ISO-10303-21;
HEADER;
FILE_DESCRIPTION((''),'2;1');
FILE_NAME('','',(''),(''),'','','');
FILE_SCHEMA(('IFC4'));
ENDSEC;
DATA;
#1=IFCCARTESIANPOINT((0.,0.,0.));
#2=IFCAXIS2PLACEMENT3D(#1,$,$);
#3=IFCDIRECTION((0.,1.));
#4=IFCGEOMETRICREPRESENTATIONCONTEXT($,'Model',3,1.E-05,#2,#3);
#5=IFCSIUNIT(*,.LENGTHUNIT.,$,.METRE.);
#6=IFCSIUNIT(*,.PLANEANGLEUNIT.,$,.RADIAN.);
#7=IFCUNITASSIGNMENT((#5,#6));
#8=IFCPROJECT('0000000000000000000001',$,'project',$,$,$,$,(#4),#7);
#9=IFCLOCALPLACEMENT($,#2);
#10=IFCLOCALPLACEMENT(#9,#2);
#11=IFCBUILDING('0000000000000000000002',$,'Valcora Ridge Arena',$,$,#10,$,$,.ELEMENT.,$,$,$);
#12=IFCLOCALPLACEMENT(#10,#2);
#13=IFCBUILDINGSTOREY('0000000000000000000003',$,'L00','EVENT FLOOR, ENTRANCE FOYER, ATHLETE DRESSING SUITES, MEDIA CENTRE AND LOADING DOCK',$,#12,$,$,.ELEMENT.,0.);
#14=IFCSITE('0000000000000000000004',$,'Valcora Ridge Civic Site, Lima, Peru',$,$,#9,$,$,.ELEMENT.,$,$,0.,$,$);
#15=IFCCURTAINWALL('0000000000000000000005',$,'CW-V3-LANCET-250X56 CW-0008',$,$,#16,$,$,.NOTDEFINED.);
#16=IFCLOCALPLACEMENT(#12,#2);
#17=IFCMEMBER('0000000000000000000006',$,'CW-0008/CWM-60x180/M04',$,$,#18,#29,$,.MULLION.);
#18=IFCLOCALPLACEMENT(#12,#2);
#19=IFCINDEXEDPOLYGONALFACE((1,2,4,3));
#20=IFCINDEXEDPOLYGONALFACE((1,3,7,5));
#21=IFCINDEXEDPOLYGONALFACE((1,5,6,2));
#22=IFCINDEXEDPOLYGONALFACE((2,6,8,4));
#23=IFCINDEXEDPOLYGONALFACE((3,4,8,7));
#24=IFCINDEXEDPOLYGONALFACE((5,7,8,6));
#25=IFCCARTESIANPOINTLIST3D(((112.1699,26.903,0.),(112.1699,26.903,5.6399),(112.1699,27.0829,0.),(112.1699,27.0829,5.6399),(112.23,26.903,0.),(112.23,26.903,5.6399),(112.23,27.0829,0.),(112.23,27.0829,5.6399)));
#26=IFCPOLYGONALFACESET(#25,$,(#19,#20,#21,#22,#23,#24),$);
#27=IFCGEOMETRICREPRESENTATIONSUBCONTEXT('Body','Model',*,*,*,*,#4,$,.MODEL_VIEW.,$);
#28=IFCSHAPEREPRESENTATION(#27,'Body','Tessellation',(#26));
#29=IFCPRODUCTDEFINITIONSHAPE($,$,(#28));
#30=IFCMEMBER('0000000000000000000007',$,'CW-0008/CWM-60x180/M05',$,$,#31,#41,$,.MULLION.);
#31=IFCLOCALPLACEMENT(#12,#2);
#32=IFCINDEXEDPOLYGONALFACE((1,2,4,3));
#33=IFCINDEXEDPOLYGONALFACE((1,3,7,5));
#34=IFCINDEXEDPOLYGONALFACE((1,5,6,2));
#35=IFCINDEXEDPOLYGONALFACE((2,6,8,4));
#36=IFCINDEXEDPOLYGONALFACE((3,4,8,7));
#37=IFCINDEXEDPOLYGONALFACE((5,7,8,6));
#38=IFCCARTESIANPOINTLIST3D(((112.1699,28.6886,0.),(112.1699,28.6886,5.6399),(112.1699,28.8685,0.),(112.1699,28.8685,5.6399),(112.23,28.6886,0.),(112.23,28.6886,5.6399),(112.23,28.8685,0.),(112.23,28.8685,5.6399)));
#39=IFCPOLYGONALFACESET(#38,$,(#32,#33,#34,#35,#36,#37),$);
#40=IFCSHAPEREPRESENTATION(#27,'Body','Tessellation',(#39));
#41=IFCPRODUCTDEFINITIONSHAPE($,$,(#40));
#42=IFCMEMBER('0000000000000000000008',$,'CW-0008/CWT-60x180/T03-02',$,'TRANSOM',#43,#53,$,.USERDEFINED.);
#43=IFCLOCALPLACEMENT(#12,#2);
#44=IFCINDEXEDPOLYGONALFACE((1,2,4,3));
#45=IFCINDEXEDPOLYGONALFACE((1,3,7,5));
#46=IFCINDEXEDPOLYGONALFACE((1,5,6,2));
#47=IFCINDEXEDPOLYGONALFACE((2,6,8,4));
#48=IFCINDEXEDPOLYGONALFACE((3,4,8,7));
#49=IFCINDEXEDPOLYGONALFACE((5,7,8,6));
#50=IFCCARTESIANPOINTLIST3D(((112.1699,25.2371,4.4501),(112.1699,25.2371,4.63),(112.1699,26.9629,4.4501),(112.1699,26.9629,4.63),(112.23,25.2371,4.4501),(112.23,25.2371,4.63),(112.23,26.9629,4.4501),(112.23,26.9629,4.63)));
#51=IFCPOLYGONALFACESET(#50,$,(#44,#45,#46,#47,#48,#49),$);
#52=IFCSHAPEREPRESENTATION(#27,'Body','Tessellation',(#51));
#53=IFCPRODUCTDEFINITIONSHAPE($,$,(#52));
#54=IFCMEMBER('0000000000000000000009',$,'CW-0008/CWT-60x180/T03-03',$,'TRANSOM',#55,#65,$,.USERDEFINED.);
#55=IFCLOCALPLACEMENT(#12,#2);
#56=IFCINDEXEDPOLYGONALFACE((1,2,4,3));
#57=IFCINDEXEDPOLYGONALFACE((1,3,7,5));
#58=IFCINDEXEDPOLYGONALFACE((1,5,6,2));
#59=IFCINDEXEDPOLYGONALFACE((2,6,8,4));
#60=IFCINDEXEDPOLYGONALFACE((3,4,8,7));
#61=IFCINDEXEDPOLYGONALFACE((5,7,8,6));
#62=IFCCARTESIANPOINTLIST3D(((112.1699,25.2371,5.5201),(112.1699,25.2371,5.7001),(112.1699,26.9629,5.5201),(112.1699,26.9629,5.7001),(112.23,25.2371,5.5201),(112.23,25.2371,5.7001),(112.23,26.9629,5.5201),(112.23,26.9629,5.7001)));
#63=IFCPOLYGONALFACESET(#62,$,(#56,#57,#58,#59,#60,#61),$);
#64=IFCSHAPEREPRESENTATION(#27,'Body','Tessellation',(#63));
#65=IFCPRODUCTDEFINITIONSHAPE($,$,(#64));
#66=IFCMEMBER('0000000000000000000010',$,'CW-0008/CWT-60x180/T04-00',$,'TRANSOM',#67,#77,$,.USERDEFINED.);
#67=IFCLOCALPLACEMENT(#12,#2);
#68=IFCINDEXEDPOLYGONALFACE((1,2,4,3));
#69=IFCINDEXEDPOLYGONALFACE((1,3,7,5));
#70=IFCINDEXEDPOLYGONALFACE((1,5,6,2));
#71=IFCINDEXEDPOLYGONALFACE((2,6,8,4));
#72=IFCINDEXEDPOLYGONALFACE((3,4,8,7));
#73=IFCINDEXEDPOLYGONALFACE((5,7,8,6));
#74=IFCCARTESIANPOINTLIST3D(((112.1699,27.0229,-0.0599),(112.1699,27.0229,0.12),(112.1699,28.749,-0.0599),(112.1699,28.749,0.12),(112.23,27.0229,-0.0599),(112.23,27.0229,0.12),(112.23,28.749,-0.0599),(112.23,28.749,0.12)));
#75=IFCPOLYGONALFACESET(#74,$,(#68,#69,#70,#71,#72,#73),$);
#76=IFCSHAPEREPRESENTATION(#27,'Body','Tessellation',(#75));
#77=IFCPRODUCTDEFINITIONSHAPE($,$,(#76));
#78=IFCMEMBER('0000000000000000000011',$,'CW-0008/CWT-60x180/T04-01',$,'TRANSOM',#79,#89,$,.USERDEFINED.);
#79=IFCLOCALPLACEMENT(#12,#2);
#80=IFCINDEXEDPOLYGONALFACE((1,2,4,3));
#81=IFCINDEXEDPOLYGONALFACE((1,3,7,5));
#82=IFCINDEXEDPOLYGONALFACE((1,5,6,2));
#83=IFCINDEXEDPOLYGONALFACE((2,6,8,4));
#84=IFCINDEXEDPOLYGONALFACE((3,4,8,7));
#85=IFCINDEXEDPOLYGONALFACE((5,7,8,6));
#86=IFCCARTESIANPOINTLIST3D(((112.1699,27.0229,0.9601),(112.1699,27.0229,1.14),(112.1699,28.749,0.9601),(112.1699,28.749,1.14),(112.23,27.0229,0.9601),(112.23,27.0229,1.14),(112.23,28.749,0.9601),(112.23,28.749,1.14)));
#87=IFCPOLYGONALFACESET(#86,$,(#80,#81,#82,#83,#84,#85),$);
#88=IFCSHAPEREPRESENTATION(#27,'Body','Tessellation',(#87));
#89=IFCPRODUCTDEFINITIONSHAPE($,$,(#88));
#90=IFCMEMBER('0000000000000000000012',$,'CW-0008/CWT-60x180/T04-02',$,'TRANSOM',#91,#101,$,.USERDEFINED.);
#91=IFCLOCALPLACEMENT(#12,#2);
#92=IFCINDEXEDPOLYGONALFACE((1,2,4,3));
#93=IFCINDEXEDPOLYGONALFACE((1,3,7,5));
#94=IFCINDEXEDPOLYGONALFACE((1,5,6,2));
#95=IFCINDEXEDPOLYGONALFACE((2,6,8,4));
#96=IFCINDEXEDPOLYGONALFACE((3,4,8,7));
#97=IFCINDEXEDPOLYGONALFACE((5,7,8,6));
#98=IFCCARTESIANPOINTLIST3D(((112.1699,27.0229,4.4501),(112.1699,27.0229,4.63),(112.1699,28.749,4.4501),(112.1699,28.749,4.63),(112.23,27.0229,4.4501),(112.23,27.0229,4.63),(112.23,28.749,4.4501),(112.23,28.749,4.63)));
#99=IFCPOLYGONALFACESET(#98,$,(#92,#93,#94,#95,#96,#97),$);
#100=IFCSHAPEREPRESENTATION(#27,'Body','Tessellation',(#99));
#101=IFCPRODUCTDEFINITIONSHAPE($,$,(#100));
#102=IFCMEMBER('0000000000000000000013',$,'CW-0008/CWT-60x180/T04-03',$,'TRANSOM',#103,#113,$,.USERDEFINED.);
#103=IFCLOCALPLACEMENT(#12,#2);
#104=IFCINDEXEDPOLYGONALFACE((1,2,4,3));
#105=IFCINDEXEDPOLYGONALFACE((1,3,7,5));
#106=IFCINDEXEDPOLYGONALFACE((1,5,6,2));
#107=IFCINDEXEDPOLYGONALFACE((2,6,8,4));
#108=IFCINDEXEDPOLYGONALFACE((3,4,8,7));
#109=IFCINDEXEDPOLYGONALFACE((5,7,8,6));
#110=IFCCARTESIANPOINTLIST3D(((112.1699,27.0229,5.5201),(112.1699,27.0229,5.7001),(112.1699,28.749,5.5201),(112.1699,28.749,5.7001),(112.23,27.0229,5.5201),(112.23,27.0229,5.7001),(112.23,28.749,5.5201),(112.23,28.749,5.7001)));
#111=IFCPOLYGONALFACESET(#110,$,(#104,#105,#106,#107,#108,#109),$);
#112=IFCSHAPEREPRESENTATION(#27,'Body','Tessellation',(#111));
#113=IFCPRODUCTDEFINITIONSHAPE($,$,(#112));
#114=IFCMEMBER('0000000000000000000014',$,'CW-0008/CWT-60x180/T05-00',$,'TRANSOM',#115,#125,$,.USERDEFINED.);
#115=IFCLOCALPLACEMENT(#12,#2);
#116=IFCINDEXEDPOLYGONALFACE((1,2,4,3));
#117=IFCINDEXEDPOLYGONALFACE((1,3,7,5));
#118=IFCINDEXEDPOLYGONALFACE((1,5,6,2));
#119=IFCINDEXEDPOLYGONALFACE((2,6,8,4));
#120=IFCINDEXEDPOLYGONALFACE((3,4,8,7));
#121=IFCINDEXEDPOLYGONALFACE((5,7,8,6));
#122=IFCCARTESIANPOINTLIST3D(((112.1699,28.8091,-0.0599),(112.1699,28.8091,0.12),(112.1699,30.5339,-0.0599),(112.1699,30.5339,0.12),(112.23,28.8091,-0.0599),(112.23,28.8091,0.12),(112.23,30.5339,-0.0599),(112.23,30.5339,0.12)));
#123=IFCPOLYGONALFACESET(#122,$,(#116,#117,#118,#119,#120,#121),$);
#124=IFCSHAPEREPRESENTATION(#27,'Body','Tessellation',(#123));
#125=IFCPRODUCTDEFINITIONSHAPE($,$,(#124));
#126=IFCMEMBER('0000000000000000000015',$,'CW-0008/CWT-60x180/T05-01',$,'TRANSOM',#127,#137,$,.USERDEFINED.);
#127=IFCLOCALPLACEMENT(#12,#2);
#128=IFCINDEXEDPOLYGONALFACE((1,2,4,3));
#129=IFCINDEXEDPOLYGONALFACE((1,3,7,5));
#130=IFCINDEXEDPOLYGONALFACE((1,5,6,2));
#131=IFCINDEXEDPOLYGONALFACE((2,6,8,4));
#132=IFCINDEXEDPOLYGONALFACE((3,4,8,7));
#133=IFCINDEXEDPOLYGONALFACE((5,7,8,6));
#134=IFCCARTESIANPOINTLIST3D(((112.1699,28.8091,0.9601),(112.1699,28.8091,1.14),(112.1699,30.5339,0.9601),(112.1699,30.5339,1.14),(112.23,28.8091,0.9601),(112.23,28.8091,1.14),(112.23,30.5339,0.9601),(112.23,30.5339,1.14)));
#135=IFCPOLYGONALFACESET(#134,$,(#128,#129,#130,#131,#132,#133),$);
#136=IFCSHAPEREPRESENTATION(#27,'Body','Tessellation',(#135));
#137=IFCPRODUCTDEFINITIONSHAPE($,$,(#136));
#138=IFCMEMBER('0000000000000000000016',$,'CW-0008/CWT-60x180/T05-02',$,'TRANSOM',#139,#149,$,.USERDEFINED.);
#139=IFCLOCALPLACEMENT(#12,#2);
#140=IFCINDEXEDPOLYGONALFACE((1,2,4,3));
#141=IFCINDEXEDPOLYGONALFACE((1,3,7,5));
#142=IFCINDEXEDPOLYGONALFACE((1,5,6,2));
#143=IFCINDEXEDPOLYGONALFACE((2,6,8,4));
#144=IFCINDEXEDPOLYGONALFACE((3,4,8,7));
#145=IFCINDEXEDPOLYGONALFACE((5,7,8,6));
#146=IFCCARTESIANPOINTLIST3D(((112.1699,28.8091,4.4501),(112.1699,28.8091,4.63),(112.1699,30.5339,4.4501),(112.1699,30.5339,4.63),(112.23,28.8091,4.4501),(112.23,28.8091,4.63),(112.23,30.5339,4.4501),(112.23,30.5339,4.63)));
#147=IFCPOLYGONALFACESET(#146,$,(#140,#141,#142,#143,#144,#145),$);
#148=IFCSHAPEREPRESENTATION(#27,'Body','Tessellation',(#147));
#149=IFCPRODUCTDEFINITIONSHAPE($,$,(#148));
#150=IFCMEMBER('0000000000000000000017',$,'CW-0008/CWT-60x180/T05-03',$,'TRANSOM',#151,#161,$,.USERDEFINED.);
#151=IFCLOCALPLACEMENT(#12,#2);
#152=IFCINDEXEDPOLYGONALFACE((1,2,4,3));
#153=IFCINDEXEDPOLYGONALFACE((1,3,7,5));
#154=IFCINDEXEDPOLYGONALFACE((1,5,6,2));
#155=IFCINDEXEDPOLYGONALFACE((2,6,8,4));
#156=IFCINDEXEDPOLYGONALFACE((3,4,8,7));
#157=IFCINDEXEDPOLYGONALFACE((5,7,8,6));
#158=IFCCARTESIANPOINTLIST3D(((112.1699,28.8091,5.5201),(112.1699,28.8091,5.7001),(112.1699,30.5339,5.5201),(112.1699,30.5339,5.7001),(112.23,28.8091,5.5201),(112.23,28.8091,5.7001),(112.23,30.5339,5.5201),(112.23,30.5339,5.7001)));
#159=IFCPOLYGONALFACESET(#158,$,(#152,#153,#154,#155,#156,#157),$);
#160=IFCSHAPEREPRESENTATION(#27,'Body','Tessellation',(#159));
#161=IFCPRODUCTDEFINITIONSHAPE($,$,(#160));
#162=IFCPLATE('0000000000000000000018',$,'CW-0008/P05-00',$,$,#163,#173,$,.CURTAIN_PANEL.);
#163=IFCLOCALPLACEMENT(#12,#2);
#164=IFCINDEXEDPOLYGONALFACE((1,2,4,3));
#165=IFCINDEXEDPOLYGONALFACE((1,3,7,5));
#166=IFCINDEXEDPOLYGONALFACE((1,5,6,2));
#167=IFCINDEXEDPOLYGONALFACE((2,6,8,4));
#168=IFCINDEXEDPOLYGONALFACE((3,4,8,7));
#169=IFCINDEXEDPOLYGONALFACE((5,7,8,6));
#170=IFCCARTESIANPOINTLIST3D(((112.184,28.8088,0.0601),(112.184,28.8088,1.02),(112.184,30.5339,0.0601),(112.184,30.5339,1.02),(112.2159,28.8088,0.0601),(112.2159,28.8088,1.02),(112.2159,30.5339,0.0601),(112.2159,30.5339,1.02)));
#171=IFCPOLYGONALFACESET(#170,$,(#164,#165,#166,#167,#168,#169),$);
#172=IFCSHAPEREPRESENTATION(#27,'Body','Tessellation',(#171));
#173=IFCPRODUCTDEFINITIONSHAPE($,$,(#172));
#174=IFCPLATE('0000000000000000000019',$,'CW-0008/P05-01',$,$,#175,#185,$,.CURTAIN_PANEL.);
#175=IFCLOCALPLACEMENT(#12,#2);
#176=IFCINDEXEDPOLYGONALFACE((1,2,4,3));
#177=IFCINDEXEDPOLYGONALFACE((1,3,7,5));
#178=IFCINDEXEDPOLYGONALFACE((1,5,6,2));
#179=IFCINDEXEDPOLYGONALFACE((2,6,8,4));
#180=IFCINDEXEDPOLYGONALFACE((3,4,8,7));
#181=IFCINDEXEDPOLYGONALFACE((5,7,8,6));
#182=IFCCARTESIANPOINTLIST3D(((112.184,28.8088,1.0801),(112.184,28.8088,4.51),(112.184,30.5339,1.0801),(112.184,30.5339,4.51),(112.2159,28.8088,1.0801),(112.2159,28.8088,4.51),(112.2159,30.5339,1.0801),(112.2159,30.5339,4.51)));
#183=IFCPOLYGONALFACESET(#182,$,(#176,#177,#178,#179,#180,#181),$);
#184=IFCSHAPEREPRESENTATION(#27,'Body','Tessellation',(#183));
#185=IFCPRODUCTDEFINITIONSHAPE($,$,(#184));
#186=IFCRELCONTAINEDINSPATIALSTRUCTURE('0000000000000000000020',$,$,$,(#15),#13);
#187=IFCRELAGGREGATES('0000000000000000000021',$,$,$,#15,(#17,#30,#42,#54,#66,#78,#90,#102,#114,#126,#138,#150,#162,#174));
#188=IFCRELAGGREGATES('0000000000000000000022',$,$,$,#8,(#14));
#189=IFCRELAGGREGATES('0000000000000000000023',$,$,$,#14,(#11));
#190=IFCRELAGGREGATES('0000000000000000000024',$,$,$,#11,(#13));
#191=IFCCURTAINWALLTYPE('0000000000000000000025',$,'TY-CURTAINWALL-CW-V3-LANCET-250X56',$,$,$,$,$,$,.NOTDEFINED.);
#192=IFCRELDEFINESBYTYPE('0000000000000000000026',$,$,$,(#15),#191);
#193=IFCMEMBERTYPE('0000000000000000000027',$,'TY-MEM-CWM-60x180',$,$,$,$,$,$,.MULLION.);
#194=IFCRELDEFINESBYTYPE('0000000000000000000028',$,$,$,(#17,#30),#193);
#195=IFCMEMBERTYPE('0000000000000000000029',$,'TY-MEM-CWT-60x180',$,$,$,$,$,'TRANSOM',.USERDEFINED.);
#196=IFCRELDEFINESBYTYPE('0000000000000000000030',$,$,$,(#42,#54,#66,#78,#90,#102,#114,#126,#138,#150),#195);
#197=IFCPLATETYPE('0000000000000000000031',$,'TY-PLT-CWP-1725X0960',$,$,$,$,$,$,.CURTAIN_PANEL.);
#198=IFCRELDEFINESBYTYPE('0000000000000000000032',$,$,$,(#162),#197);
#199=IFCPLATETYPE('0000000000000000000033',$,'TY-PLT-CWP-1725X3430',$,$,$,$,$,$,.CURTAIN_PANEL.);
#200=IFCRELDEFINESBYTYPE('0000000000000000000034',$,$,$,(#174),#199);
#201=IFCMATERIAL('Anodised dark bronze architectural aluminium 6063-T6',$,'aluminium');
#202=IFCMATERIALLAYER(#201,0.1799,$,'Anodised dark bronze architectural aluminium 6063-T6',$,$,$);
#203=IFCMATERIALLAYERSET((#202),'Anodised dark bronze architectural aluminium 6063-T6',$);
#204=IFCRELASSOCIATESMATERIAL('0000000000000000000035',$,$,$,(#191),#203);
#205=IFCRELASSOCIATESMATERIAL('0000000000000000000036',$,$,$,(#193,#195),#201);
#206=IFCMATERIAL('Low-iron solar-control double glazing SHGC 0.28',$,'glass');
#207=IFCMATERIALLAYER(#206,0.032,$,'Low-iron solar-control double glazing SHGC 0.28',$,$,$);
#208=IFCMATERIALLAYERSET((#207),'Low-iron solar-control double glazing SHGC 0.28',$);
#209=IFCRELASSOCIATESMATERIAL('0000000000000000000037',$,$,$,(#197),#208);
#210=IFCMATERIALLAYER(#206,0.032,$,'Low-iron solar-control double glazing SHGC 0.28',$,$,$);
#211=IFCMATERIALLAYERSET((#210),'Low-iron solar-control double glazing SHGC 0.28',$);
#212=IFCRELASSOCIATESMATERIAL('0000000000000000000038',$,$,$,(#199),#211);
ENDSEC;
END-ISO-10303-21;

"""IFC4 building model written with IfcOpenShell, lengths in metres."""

from ifc_helpers import new_model, si_unit, direction, frame, origin, origin_2d, place, context, subcontext, project, spatial, rectangle, extrude, material, layer, layer_set, material_profile, profile_set, type_object, element, aggregate, save


model = new_model("IFC4")

# Units and contexts
model_context = context("Model", 3, precision=1e-05, world=origin(), true_north=direction((0.0, 1.0)))
body_context = subcontext(model_context, "Body", "Model", "MODEL_VIEW")
ifc_project = project(units=[si_unit("LENGTHUNIT", "METRE"), si_unit("PLANEANGLEUNIT", "RADIAN")], contexts=[model_context])

# Site, building, storey
site_placement = place(None, origin())
site = spatial("IfcSite", under=ifc_project, at=site_placement, Name="Valcora Ridge Civic Site, Lima, Peru", CompositionType="ELEMENT", RefElevation=0.0)
building_placement = place(site_placement, origin())
building = spatial("IfcBuilding", under=site, at=building_placement, Name="Valcora Ridge Arena", CompositionType="ELEMENT")
storey_placement = place(building_placement, origin())
storey = spatial("IfcBuildingStorey", under=building, at=storey_placement, Name="L00", Description="EVENT FLOOR, ENTRANCE FOYER, ATHLETE DRESSING SUITES, MEDIA CENTRE AND LOADING DOCK", CompositionType="ELEMENT", Elevation=0.0)

# Curtain wall, members, plates
ifc_material_1 = material(Name="Anodised dark bronze architectural aluminium 6063-T6", Category="aluminium")
ifc_layer_1 = layer(ifc_material_1, 0.1799, Name="Anodised dark bronze architectural aluminium 6063-T6")
ifc_layer_set_1 = layer_set([ifc_layer_1], Name="Anodised dark bronze architectural aluminium 6063-T6")
curtain_wall_type = type_object("IfcCurtainWallType", Name="TY-CURTAINWALL-CW-V3-LANCET-250X56", PredefinedType="NOTDEFINED", material=ifc_layer_set_1)
curtain_wall_placement = place(storey_placement, origin())
curtain_wall = element("IfcCurtainWall", 1, at=curtain_wall_placement, inside=storey, type_object=curtain_wall_type, Name="CW-V3-LANCET-250X56 CW-0008", PredefinedType="NOTDEFINED")
ifc_material_profile_1 = material_profile(ifc_material_1, rectangle(XDim=0.0601, YDim=0.1799, at=origin_2d()), Name="ALU MULLION 60x180")
ifc_profile_set_1 = profile_set([ifc_material_profile_1], Name="Anodised dark bronze architectural aluminium 6063-T6")
member_type_1 = type_object("IfcMemberType", Name="TY-MEM-CWM-60x180", PredefinedType="MULLION", material=ifc_profile_set_1)
member_1_placement = place(storey_placement, frame((112.2, 26.9929, 0.0), z_axis=(0.0, 0.0, 1.0), x_axis=(-1.0, 0.0, 0.0)))
member_1 = element("IfcMember", 2, at=member_1_placement, type_object=member_type_1, Name="CW-0008/CWM-60x180/M04", PredefinedType="MULLION", context=body_context, shape_type="SweptSolid", body=[
    extrude(rectangle(XDim=0.0601, YDim=0.1799, at=origin_2d()), origin(), (0.0, 0.0, 1.0), 5.6399),
])
member_2_placement = place(storey_placement, frame((112.2, 28.7786, 0.0), z_axis=(0.0, 0.0, 1.0), x_axis=(-1.0, 0.0, 0.0)))
member_2 = element("IfcMember", 3, at=member_2_placement, type_object=member_type_1, Name="CW-0008/CWM-60x180/M05", PredefinedType="MULLION", context=body_context, shape_type="SweptSolid", body=[
    extrude(rectangle(XDim=0.0601, YDim=0.1799, at=origin_2d()), origin(), (0.0, 0.0, 1.0), 5.6399),
])
ifc_material_profile_2 = material_profile(ifc_material_1, rectangle(XDim=0.0601, YDim=0.1799, at=origin_2d()), Name="ALU TRANSOM 60x180")
ifc_profile_set_2 = profile_set([ifc_material_profile_2], Name="Anodised dark bronze architectural aluminium 6063-T6")
member_type_2 = type_object("IfcMemberType", Name="TY-MEM-CWT-60x180", ElementType="TRANSOM", PredefinedType="USERDEFINED", material=ifc_profile_set_2)
member_3_placement = place(storey_placement, frame((112.2, 25.2371, 4.54), z_axis=(0.0, 1.0, 0.0), x_axis=(-1.0, 0.0, 0.0)))
member_3 = element("IfcMember", 4, at=member_3_placement, type_object=member_type_2, Name="CW-0008/CWT-60x180/T03-02", ObjectType="TRANSOM", PredefinedType="USERDEFINED", context=body_context, shape_type="SweptSolid", body=[
    extrude(rectangle(XDim=0.0601, YDim=0.1799, at=origin_2d()), origin(), (0.0, 0.0, 1.0), 1.7258),
])
member_4_placement = place(storey_placement, frame((112.2, 25.2371, 5.6101), z_axis=(0.0, 1.0, 0.0), x_axis=(-1.0, 0.0, 0.0)))
member_4 = element("IfcMember", 5, at=member_4_placement, type_object=member_type_2, Name="CW-0008/CWT-60x180/T03-03", ObjectType="TRANSOM", PredefinedType="USERDEFINED", context=body_context, shape_type="SweptSolid", body=[
    extrude(rectangle(XDim=0.0601, YDim=0.1799, at=origin_2d()), origin(), (0.0, 0.0, 1.0), 1.7258),
])
member_5_placement = place(storey_placement, frame((112.2, 27.0229, 0.03), z_axis=(0.0, 1.0, 0.0), x_axis=(-1.0, 0.0, 0.0)))
member_5 = element("IfcMember", 6, at=member_5_placement, type_object=member_type_2, Name="CW-0008/CWT-60x180/T04-00", ObjectType="TRANSOM", PredefinedType="USERDEFINED", context=body_context, shape_type="SweptSolid", body=[
    extrude(rectangle(XDim=0.0601, YDim=0.1799, at=origin_2d()), origin(), (0.0, 0.0, 1.0), 1.7261),
])
member_6_placement = place(storey_placement, frame((112.2, 27.0229, 1.05), z_axis=(0.0, 1.0, 0.0), x_axis=(-1.0, 0.0, 0.0)))
member_6 = element("IfcMember", 7, at=member_6_placement, type_object=member_type_2, Name="CW-0008/CWT-60x180/T04-01", ObjectType="TRANSOM", PredefinedType="USERDEFINED", context=body_context, shape_type="SweptSolid", body=[
    extrude(rectangle(XDim=0.0601, YDim=0.1799, at=origin_2d()), origin(), (0.0, 0.0, 1.0), 1.7261),
])
member_7_placement = place(storey_placement, frame((112.2, 27.0229, 4.54), z_axis=(0.0, 1.0, 0.0), x_axis=(-1.0, 0.0, 0.0)))
member_7 = element("IfcMember", 8, at=member_7_placement, type_object=member_type_2, Name="CW-0008/CWT-60x180/T04-02", ObjectType="TRANSOM", PredefinedType="USERDEFINED", context=body_context, shape_type="SweptSolid", body=[
    extrude(rectangle(XDim=0.0601, YDim=0.1799, at=origin_2d()), origin(), (0.0, 0.0, 1.0), 1.7261),
])
member_8_placement = place(storey_placement, frame((112.2, 27.0229, 5.6101), z_axis=(0.0, 1.0, 0.0), x_axis=(-1.0, 0.0, 0.0)))
member_8 = element("IfcMember", 9, at=member_8_placement, type_object=member_type_2, Name="CW-0008/CWT-60x180/T04-03", ObjectType="TRANSOM", PredefinedType="USERDEFINED", context=body_context, shape_type="SweptSolid", body=[
    extrude(rectangle(XDim=0.0601, YDim=0.1799, at=origin_2d()), origin(), (0.0, 0.0, 1.0), 1.7261),
])
member_9_placement = place(storey_placement, frame((112.2, 28.8091, 0.03), z_axis=(0.0, 1.0, 0.0), x_axis=(-1.0, 0.0, 0.0)))
member_9 = element("IfcMember", 10, at=member_9_placement, type_object=member_type_2, Name="CW-0008/CWT-60x180/T05-00", ObjectType="TRANSOM", PredefinedType="USERDEFINED", context=body_context, shape_type="SweptSolid", body=[
    extrude(rectangle(XDim=0.0601, YDim=0.1799, at=origin_2d()), origin(), (0.0, 0.0, 1.0), 1.7249),
])
member_10_placement = place(storey_placement, frame((112.2, 28.8091, 1.05), z_axis=(0.0, 1.0, 0.0), x_axis=(-1.0, 0.0, 0.0)))
member_10 = element("IfcMember", 11, at=member_10_placement, type_object=member_type_2, Name="CW-0008/CWT-60x180/T05-01", ObjectType="TRANSOM", PredefinedType="USERDEFINED", context=body_context, shape_type="SweptSolid", body=[
    extrude(rectangle(XDim=0.0601, YDim=0.1799, at=origin_2d()), origin(), (0.0, 0.0, 1.0), 1.7249),
])
member_11_placement = place(storey_placement, frame((112.2, 28.8091, 4.54), z_axis=(0.0, 1.0, 0.0), x_axis=(-1.0, 0.0, 0.0)))
member_11 = element("IfcMember", 12, at=member_11_placement, type_object=member_type_2, Name="CW-0008/CWT-60x180/T05-02", ObjectType="TRANSOM", PredefinedType="USERDEFINED", context=body_context, shape_type="SweptSolid", body=[
    extrude(rectangle(XDim=0.0601, YDim=0.1799, at=origin_2d()), origin(), (0.0, 0.0, 1.0), 1.7249),
])
member_12_placement = place(storey_placement, frame((112.2, 28.8091, 5.6101), z_axis=(0.0, 1.0, 0.0), x_axis=(-1.0, 0.0, 0.0)))
member_12 = element("IfcMember", 13, at=member_12_placement, type_object=member_type_2, Name="CW-0008/CWT-60x180/T05-03", ObjectType="TRANSOM", PredefinedType="USERDEFINED", context=body_context, shape_type="SweptSolid", body=[
    extrude(rectangle(XDim=0.0601, YDim=0.1799, at=origin_2d()), origin(), (0.0, 0.0, 1.0), 1.7249),
])
ifc_material_2 = material(Name="Low-iron solar-control double glazing SHGC 0.28", Category="glass")
ifc_layer_2 = layer(ifc_material_2, 0.032, Name="Low-iron solar-control double glazing SHGC 0.28")
ifc_layer_set_2 = layer_set([ifc_layer_2], Name="Low-iron solar-control double glazing SHGC 0.28")
plate_type_1 = type_object("IfcPlateType", Name="TY-PLT-CWP-1725X0960", PredefinedType="CURTAIN_PANEL", material=ifc_layer_set_2)
plate_1_placement = place(storey_placement, frame((112.2, 29.6714, 0.0601), z_axis=(0.0, 0.0, 1.0), x_axis=(0.0, 1.0, 0.0)))
plate_1 = element("IfcPlate", 14, at=plate_1_placement, type_object=plate_type_1, Name="CW-0008/P05-00", PredefinedType="CURTAIN_PANEL", context=body_context, shape_type="SweptSolid", body=[
    extrude(rectangle(XDim=1.7251, YDim=0.032, at=origin_2d()), origin(), (0.0, 0.0, 1.0), 0.96),
])
ifc_layer_3 = layer(ifc_material_2, 0.032, Name="Low-iron solar-control double glazing SHGC 0.28")
ifc_layer_set_3 = layer_set([ifc_layer_3], Name="Low-iron solar-control double glazing SHGC 0.28")
plate_type_2 = type_object("IfcPlateType", Name="TY-PLT-CWP-1725X3430", PredefinedType="CURTAIN_PANEL", material=ifc_layer_set_3)
plate_2_placement = place(storey_placement, frame((112.2, 29.6714, 1.0801), z_axis=(0.0, 0.0, 1.0), x_axis=(0.0, 1.0, 0.0)))
plate_2 = element("IfcPlate", 15, at=plate_2_placement, type_object=plate_type_2, Name="CW-0008/P05-01", PredefinedType="CURTAIN_PANEL", context=body_context, shape_type="SweptSolid", body=[
    extrude(rectangle(XDim=1.7251, YDim=0.032, at=origin_2d()), origin(), (0.0, 0.0, 1.0), 3.4299),
])
aggregate(curtain_wall, [member_1, member_2, member_3, member_4, member_5, member_6, member_7, member_8, member_9, member_10, member_11, member_12, plate_1, plate_2])

save(model, "model.ifc")
